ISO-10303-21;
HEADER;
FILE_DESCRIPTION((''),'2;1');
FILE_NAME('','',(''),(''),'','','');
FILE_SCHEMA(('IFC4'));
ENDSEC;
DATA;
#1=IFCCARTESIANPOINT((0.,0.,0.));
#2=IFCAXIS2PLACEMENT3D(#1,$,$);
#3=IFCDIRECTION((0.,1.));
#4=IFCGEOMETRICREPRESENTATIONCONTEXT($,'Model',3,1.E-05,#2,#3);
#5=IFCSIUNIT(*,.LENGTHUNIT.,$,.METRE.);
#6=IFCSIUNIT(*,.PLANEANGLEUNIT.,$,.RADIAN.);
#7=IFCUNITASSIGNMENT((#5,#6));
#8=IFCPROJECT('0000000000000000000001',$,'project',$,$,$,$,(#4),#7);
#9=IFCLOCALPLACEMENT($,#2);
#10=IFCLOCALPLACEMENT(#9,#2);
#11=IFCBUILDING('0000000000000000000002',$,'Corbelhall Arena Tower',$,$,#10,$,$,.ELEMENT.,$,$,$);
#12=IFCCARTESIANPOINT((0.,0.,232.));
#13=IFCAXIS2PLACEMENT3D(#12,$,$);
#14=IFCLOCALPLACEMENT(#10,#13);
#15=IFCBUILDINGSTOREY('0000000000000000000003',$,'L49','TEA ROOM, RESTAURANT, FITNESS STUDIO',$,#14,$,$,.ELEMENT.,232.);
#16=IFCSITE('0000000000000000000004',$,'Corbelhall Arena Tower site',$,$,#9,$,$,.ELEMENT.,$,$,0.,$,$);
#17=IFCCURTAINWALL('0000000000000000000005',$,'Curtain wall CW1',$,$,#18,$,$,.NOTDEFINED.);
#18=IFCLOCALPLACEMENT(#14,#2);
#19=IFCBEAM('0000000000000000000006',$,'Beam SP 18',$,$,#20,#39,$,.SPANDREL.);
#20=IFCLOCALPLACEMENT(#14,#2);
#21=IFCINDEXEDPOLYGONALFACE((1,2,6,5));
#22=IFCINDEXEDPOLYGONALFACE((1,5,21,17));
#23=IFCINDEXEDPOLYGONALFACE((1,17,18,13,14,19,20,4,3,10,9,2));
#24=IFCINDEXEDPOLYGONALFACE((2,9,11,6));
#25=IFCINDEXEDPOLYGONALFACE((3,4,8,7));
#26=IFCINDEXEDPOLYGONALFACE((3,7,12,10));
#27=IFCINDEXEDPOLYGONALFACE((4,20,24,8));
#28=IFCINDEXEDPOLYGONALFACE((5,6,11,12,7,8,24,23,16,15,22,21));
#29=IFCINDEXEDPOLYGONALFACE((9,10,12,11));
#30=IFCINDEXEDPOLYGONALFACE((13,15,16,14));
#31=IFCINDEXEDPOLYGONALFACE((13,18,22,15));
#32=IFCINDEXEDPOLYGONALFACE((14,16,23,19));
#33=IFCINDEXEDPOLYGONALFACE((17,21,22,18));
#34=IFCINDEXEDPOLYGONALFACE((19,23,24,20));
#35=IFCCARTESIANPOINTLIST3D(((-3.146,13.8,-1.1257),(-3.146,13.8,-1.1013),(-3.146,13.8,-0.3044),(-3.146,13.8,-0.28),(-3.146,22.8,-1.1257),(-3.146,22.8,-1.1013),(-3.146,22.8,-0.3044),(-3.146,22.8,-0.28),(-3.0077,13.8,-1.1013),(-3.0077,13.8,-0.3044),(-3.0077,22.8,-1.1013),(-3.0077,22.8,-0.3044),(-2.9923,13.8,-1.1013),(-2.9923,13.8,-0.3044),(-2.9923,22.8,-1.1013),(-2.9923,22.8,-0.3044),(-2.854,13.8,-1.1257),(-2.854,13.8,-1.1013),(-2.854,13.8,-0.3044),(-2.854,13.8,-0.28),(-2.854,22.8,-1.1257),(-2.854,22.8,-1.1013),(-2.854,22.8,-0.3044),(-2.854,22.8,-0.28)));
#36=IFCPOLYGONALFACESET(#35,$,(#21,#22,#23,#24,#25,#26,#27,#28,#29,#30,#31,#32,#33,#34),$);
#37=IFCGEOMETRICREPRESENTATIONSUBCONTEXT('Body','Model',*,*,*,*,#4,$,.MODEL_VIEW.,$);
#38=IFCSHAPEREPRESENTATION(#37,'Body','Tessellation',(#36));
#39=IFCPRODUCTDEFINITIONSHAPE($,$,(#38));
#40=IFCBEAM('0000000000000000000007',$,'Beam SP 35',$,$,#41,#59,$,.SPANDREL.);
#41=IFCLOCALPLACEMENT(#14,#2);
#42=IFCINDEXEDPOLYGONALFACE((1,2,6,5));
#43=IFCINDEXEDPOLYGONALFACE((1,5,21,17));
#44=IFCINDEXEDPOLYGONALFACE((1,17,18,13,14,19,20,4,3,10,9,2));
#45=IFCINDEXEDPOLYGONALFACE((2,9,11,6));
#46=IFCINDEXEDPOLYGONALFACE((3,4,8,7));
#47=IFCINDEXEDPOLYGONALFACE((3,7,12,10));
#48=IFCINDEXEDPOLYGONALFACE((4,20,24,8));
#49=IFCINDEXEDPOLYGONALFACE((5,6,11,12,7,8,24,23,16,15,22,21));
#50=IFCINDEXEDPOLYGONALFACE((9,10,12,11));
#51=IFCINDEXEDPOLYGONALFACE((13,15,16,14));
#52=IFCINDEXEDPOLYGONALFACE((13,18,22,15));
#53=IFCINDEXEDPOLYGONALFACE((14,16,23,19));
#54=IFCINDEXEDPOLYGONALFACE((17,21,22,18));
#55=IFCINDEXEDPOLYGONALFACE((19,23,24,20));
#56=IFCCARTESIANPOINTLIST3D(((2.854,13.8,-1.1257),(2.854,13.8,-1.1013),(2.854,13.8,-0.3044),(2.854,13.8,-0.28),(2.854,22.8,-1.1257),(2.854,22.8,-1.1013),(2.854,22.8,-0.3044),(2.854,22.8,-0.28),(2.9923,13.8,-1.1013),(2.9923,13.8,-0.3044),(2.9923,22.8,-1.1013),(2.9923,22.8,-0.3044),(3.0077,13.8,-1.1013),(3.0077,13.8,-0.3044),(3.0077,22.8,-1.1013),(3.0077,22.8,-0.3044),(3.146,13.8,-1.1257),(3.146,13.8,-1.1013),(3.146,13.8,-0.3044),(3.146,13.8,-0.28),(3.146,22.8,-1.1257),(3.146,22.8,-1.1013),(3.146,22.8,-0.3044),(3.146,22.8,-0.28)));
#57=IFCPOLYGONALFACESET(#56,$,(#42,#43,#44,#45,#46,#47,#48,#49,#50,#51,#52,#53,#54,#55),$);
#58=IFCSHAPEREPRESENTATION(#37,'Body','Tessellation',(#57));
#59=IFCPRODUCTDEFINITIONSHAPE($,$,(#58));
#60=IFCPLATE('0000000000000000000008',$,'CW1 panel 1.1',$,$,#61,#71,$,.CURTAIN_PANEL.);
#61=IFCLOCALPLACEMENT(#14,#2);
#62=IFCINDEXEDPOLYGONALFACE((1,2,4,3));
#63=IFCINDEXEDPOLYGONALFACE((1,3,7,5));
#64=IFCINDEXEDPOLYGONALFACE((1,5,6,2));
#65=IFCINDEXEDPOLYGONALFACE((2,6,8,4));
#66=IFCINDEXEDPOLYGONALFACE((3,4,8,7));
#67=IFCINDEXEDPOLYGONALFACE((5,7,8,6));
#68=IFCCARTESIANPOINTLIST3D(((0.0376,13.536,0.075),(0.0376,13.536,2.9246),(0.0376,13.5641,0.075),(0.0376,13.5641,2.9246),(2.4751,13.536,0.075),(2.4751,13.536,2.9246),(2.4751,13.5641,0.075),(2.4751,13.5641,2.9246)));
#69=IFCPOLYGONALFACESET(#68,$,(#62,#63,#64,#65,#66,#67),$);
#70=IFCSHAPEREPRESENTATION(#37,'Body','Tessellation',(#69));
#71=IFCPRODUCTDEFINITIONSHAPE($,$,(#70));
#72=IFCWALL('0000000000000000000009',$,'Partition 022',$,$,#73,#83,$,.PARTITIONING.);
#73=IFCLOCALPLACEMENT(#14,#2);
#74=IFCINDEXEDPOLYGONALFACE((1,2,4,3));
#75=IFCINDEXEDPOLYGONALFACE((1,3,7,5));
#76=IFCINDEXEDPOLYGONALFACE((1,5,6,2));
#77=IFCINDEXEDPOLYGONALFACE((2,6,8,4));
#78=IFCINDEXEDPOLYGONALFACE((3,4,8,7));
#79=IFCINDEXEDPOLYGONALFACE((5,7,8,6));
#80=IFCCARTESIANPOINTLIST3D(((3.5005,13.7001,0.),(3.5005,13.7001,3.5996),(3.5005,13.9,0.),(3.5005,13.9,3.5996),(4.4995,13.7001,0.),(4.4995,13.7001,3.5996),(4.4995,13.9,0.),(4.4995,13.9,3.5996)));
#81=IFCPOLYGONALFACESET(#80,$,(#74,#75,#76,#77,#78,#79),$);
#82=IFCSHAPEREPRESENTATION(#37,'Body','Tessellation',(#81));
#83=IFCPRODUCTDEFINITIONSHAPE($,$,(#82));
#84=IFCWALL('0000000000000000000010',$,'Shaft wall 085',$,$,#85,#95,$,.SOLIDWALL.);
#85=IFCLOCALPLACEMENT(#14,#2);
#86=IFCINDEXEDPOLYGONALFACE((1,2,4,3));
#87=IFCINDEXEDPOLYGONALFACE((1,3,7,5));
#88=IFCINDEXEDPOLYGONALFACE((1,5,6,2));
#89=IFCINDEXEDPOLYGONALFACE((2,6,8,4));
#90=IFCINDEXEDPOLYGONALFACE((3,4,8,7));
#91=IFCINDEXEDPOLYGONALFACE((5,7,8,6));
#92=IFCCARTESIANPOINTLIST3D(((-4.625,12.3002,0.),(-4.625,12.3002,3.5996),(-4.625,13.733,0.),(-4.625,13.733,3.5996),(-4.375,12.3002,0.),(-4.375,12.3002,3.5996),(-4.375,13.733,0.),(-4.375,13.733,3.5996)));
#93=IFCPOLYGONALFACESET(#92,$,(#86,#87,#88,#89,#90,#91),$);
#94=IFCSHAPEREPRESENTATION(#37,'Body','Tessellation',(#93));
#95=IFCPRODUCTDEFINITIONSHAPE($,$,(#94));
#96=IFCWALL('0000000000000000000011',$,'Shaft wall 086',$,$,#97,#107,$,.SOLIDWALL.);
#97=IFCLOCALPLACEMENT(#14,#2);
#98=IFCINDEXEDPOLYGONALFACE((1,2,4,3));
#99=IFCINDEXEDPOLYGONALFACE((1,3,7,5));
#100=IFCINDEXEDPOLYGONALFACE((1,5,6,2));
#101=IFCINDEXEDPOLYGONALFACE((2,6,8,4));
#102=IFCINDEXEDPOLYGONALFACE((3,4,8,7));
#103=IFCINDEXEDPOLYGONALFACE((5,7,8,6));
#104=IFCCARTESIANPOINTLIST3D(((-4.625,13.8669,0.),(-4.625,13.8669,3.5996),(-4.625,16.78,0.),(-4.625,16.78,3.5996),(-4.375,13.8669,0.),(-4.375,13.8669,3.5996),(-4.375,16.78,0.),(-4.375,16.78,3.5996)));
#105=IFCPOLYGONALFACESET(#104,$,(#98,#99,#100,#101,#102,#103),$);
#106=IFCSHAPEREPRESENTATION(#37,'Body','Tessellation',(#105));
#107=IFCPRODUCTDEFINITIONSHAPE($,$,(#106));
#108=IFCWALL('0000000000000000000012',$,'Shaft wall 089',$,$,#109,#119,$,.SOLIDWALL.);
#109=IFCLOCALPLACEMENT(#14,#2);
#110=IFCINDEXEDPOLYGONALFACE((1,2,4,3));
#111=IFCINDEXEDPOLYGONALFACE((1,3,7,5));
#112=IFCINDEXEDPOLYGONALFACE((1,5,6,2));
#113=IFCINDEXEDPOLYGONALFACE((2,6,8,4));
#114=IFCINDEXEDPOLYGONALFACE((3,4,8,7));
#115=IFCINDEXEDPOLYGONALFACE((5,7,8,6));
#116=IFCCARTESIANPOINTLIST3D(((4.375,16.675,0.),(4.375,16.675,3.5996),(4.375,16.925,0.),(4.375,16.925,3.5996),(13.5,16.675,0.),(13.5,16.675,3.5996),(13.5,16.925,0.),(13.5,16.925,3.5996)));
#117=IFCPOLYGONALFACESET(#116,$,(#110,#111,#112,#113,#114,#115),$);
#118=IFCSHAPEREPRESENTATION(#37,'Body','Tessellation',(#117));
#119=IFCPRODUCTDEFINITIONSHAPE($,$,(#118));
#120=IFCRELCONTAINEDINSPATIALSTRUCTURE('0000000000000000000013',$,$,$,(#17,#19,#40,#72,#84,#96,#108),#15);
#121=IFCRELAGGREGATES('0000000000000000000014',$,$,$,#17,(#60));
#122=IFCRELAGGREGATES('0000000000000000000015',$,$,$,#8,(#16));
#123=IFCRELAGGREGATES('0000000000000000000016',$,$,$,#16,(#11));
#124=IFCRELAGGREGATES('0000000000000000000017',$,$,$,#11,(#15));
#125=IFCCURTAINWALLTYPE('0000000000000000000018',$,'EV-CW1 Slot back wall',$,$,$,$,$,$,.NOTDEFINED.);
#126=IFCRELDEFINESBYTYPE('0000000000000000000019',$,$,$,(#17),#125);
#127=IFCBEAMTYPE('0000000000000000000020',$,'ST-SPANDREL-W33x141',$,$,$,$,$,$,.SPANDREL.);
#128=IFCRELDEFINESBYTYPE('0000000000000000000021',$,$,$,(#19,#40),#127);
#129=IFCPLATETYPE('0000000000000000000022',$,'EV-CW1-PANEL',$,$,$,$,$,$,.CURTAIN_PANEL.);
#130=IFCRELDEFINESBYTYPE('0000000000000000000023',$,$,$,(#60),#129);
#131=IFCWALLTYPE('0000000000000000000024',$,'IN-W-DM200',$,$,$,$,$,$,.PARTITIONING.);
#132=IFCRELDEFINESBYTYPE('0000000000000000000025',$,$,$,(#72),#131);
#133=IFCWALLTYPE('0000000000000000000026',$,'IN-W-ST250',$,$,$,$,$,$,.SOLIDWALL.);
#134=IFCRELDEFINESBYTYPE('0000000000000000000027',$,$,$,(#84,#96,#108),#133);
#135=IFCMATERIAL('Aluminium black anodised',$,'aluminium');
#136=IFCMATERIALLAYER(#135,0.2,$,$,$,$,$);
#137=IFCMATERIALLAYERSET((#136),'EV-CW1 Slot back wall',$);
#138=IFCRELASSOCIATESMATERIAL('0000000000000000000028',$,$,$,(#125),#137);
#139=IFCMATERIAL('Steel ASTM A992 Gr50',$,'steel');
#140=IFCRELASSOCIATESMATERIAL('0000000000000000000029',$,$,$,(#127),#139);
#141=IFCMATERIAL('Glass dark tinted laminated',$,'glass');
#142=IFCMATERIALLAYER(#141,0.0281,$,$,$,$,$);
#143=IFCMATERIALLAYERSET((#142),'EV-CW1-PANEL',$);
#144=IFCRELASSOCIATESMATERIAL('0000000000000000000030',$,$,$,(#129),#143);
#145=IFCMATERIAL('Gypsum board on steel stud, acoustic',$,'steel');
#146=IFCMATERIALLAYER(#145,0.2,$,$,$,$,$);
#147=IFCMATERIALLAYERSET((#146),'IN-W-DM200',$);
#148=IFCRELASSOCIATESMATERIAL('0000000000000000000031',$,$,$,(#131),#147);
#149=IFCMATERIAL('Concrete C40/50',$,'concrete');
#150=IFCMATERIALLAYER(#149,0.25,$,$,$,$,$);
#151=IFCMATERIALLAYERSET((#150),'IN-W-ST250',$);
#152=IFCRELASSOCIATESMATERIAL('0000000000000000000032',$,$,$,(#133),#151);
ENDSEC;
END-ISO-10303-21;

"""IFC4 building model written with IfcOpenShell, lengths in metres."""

from ifc_helpers import new_model, si_unit, direction, frame, frame_2d, origin, origin_2d, place, context, subcontext, project, spatial, rectangle, i_section, extrude, material, layer, layer_set, material_profile, profile_set, type_object, element, aggregate, save


model = new_model("IFC4")

# Units and contexts
model_context = context("Model", 3, precision=1e-05, world=origin(), true_north=direction((0.0, 1.0)))
body_context = subcontext(model_context, "Body", "Model", "MODEL_VIEW")
ifc_project = project(units=[si_unit("LENGTHUNIT", "METRE"), si_unit("PLANEANGLEUNIT", "RADIAN")], contexts=[model_context])

# Site, building, storey
site_placement = place(None, origin())
site = spatial("IfcSite", under=ifc_project, at=site_placement, Name="Corbelhall Arena Tower site", CompositionType="ELEMENT", RefElevation=0.0)
building_placement = place(site_placement, origin())
building = spatial("IfcBuilding", under=site, at=building_placement, Name="Corbelhall Arena Tower", CompositionType="ELEMENT")
storey_placement = place(building_placement, frame((0.0, 0.0, 232.0)))
storey = spatial("IfcBuildingStorey", under=building, at=storey_placement, Name="L49", Description="TEA ROOM, RESTAURANT, FITNESS STUDIO", CompositionType="ELEMENT", Elevation=232.0)

# Curtain wall
ifc_material_1 = material(Name="Aluminium black anodised", Category="aluminium")
ifc_layer_1 = layer(ifc_material_1, 0.2)
ifc_layer_set_1 = layer_set([ifc_layer_1], Name="EV-CW1 Slot back wall")
curtain_wall_type = type_object("IfcCurtainWallType", Name="EV-CW1 Slot back wall", PredefinedType="NOTDEFINED", material=ifc_layer_set_1)
curtain_wall_placement = place(storey_placement, origin())
curtain_wall = element("IfcCurtainWall", 1, at=curtain_wall_placement, inside=storey, type_object=curtain_wall_type, Name="Curtain wall CW1", PredefinedType="NOTDEFINED")

# Beams
ifc_material_2 = material(Name="Steel ASTM A992 Gr50", Category="steel")
ifc_material_profile_1 = material_profile(ifc_material_2, i_section(OverallWidth=0.292, OverallDepth=0.8457, WebThickness=0.0154, FlangeThickness=0.0244, at=origin_2d()))
ifc_profile_set_1 = profile_set([ifc_material_profile_1], Name="Steel ASTM A992 Gr50")
beam_type_1 = type_object("IfcBeamType", Name="ST-SPANDREL-W33x141", PredefinedType="SPANDREL", material=ifc_profile_set_1)
for number, where, z_axis, x_axis, name in (
    (2, (-3.0, 22.8, -0.7029), (0.0, -1.0, 0.0), (1.0, 0.0, 0.0), "Beam SP 18"),
    (3, (3.0, 13.8, -0.7029), (0.0, 1.0, 0.0), (-1.0, 0.0, 0.0), "Beam SP 35"),
):
    element("IfcBeam", number, at=place(storey_placement, frame(where, z_axis=z_axis, x_axis=x_axis)), inside=storey, type_object=beam_type_1, Name=name, PredefinedType="SPANDREL", context=body_context, shape_type="SweptSolid", body=[
        extrude(i_section(OverallWidth=0.292, OverallDepth=0.8457, WebThickness=0.0154, FlangeThickness=0.0244, at=origin_2d()), origin(), (0.0, 0.0, 1.0), 9.0),
    ])

# Plate
ifc_material_3 = material(Name="Glass dark tinted laminated", Category="glass")
ifc_layer_2 = layer(ifc_material_3, 0.0281)
ifc_layer_set_2 = layer_set([ifc_layer_2], Name="EV-CW1-PANEL")
plate_type = type_object("IfcPlateType", Name="EV-CW1-PANEL", PredefinedType="CURTAIN_PANEL", material=ifc_layer_set_2)
plate_placement = place(storey_placement, frame((1.2563, 13.55, 0.075), z_axis=(0.0, 0.0, 1.0), x_axis=(-1.0, 0.0, 0.0)))
plate = element("IfcPlate", 4, at=plate_placement, type_object=plate_type, Name="CW1 panel 1.1", PredefinedType="CURTAIN_PANEL", context=body_context, shape_type="SweptSolid", body=[
    extrude(rectangle(XDim=2.4375, YDim=0.0281, at=origin_2d()), origin(), (0.0, 0.0, 1.0), 2.8496),
])
aggregate(curtain_wall, [plate])

# Walls
ifc_material_4 = material(Name="Gypsum board on steel stud, acoustic", Category="steel")
ifc_layer_3 = layer(ifc_material_4, 0.2)
ifc_layer_set_3 = layer_set([ifc_layer_3], Name="IN-W-DM200")
wall_type_1 = type_object("IfcWallType", Name="IN-W-DM200", PredefinedType="PARTITIONING", material=ifc_layer_set_3)
wall_1_placement = place(storey_placement, frame((3.5005, 13.8, 0.0), z_axis=(0.0, 0.0, 1.0), x_axis=(1.0, 0.0, 0.0)))
element("IfcWall", 5, at=wall_1_placement, inside=storey, type_object=wall_type_1, Name="Partition 022", PredefinedType="PARTITIONING", context=body_context, shape_type="SweptSolid", body=[
    extrude(rectangle(XDim=0.999, YDim=0.2, at=frame_2d((0.4995, 0.0))), origin(), (0.0, 0.0, 1.0), 3.5996),
])
ifc_material_5 = material(Name="Concrete C40/50", Category="concrete")
ifc_layer_4 = layer(ifc_material_5, 0.25)
ifc_layer_set_4 = layer_set([ifc_layer_4], Name="IN-W-ST250")
wall_type_2 = type_object("IfcWallType", Name="IN-W-ST250", PredefinedType="SOLIDWALL", material=ifc_layer_set_4)
wall_2_placement = place(storey_placement, frame((-4.5, 13.7329, 0.0), z_axis=(0.0, 0.0, 1.0), x_axis=(0.0, -1.0, 0.0)))
element("IfcWall", 6, at=wall_2_placement, inside=storey, type_object=wall_type_2, Name="Shaft wall 085", PredefinedType="SOLIDWALL", context=body_context, shape_type="SweptSolid", body=[
    extrude(rectangle(XDim=1.4329, YDim=0.25, at=frame_2d((0.7163, 0.0))), origin(), (0.0, 0.0, 1.0), 3.5996),
])
wall_3_placement = place(storey_placement, frame((-4.5, 16.78, 0.0), z_axis=(0.0, 0.0, 1.0), x_axis=(0.0, -1.0, 0.0)))
element("IfcWall", 7, at=wall_3_placement, inside=storey, type_object=wall_type_2, Name="Shaft wall 086", PredefinedType="SOLIDWALL", context=body_context, shape_type="SweptSolid", body=[
    extrude(rectangle(XDim=2.9131, YDim=0.25, at=frame_2d((1.4565, 0.0))), origin(), (0.0, 0.0, 1.0), 3.5996),
])
wall_4_placement = place(storey_placement, frame((4.375, 16.8, 0.0), z_axis=(0.0, 0.0, 1.0), x_axis=(1.0, 0.0, 0.0)))
element("IfcWall", 8, at=wall_4_placement, inside=storey, type_object=wall_type_2, Name="Shaft wall 089", PredefinedType="SOLIDWALL", context=body_context, shape_type="SweptSolid", body=[
    extrude(rectangle(XDim=9.125, YDim=0.25, at=frame_2d((4.5625, 0.0))), origin(), (0.0, 0.0, 1.0), 3.5996),
])

save(model, "model.ifc")
